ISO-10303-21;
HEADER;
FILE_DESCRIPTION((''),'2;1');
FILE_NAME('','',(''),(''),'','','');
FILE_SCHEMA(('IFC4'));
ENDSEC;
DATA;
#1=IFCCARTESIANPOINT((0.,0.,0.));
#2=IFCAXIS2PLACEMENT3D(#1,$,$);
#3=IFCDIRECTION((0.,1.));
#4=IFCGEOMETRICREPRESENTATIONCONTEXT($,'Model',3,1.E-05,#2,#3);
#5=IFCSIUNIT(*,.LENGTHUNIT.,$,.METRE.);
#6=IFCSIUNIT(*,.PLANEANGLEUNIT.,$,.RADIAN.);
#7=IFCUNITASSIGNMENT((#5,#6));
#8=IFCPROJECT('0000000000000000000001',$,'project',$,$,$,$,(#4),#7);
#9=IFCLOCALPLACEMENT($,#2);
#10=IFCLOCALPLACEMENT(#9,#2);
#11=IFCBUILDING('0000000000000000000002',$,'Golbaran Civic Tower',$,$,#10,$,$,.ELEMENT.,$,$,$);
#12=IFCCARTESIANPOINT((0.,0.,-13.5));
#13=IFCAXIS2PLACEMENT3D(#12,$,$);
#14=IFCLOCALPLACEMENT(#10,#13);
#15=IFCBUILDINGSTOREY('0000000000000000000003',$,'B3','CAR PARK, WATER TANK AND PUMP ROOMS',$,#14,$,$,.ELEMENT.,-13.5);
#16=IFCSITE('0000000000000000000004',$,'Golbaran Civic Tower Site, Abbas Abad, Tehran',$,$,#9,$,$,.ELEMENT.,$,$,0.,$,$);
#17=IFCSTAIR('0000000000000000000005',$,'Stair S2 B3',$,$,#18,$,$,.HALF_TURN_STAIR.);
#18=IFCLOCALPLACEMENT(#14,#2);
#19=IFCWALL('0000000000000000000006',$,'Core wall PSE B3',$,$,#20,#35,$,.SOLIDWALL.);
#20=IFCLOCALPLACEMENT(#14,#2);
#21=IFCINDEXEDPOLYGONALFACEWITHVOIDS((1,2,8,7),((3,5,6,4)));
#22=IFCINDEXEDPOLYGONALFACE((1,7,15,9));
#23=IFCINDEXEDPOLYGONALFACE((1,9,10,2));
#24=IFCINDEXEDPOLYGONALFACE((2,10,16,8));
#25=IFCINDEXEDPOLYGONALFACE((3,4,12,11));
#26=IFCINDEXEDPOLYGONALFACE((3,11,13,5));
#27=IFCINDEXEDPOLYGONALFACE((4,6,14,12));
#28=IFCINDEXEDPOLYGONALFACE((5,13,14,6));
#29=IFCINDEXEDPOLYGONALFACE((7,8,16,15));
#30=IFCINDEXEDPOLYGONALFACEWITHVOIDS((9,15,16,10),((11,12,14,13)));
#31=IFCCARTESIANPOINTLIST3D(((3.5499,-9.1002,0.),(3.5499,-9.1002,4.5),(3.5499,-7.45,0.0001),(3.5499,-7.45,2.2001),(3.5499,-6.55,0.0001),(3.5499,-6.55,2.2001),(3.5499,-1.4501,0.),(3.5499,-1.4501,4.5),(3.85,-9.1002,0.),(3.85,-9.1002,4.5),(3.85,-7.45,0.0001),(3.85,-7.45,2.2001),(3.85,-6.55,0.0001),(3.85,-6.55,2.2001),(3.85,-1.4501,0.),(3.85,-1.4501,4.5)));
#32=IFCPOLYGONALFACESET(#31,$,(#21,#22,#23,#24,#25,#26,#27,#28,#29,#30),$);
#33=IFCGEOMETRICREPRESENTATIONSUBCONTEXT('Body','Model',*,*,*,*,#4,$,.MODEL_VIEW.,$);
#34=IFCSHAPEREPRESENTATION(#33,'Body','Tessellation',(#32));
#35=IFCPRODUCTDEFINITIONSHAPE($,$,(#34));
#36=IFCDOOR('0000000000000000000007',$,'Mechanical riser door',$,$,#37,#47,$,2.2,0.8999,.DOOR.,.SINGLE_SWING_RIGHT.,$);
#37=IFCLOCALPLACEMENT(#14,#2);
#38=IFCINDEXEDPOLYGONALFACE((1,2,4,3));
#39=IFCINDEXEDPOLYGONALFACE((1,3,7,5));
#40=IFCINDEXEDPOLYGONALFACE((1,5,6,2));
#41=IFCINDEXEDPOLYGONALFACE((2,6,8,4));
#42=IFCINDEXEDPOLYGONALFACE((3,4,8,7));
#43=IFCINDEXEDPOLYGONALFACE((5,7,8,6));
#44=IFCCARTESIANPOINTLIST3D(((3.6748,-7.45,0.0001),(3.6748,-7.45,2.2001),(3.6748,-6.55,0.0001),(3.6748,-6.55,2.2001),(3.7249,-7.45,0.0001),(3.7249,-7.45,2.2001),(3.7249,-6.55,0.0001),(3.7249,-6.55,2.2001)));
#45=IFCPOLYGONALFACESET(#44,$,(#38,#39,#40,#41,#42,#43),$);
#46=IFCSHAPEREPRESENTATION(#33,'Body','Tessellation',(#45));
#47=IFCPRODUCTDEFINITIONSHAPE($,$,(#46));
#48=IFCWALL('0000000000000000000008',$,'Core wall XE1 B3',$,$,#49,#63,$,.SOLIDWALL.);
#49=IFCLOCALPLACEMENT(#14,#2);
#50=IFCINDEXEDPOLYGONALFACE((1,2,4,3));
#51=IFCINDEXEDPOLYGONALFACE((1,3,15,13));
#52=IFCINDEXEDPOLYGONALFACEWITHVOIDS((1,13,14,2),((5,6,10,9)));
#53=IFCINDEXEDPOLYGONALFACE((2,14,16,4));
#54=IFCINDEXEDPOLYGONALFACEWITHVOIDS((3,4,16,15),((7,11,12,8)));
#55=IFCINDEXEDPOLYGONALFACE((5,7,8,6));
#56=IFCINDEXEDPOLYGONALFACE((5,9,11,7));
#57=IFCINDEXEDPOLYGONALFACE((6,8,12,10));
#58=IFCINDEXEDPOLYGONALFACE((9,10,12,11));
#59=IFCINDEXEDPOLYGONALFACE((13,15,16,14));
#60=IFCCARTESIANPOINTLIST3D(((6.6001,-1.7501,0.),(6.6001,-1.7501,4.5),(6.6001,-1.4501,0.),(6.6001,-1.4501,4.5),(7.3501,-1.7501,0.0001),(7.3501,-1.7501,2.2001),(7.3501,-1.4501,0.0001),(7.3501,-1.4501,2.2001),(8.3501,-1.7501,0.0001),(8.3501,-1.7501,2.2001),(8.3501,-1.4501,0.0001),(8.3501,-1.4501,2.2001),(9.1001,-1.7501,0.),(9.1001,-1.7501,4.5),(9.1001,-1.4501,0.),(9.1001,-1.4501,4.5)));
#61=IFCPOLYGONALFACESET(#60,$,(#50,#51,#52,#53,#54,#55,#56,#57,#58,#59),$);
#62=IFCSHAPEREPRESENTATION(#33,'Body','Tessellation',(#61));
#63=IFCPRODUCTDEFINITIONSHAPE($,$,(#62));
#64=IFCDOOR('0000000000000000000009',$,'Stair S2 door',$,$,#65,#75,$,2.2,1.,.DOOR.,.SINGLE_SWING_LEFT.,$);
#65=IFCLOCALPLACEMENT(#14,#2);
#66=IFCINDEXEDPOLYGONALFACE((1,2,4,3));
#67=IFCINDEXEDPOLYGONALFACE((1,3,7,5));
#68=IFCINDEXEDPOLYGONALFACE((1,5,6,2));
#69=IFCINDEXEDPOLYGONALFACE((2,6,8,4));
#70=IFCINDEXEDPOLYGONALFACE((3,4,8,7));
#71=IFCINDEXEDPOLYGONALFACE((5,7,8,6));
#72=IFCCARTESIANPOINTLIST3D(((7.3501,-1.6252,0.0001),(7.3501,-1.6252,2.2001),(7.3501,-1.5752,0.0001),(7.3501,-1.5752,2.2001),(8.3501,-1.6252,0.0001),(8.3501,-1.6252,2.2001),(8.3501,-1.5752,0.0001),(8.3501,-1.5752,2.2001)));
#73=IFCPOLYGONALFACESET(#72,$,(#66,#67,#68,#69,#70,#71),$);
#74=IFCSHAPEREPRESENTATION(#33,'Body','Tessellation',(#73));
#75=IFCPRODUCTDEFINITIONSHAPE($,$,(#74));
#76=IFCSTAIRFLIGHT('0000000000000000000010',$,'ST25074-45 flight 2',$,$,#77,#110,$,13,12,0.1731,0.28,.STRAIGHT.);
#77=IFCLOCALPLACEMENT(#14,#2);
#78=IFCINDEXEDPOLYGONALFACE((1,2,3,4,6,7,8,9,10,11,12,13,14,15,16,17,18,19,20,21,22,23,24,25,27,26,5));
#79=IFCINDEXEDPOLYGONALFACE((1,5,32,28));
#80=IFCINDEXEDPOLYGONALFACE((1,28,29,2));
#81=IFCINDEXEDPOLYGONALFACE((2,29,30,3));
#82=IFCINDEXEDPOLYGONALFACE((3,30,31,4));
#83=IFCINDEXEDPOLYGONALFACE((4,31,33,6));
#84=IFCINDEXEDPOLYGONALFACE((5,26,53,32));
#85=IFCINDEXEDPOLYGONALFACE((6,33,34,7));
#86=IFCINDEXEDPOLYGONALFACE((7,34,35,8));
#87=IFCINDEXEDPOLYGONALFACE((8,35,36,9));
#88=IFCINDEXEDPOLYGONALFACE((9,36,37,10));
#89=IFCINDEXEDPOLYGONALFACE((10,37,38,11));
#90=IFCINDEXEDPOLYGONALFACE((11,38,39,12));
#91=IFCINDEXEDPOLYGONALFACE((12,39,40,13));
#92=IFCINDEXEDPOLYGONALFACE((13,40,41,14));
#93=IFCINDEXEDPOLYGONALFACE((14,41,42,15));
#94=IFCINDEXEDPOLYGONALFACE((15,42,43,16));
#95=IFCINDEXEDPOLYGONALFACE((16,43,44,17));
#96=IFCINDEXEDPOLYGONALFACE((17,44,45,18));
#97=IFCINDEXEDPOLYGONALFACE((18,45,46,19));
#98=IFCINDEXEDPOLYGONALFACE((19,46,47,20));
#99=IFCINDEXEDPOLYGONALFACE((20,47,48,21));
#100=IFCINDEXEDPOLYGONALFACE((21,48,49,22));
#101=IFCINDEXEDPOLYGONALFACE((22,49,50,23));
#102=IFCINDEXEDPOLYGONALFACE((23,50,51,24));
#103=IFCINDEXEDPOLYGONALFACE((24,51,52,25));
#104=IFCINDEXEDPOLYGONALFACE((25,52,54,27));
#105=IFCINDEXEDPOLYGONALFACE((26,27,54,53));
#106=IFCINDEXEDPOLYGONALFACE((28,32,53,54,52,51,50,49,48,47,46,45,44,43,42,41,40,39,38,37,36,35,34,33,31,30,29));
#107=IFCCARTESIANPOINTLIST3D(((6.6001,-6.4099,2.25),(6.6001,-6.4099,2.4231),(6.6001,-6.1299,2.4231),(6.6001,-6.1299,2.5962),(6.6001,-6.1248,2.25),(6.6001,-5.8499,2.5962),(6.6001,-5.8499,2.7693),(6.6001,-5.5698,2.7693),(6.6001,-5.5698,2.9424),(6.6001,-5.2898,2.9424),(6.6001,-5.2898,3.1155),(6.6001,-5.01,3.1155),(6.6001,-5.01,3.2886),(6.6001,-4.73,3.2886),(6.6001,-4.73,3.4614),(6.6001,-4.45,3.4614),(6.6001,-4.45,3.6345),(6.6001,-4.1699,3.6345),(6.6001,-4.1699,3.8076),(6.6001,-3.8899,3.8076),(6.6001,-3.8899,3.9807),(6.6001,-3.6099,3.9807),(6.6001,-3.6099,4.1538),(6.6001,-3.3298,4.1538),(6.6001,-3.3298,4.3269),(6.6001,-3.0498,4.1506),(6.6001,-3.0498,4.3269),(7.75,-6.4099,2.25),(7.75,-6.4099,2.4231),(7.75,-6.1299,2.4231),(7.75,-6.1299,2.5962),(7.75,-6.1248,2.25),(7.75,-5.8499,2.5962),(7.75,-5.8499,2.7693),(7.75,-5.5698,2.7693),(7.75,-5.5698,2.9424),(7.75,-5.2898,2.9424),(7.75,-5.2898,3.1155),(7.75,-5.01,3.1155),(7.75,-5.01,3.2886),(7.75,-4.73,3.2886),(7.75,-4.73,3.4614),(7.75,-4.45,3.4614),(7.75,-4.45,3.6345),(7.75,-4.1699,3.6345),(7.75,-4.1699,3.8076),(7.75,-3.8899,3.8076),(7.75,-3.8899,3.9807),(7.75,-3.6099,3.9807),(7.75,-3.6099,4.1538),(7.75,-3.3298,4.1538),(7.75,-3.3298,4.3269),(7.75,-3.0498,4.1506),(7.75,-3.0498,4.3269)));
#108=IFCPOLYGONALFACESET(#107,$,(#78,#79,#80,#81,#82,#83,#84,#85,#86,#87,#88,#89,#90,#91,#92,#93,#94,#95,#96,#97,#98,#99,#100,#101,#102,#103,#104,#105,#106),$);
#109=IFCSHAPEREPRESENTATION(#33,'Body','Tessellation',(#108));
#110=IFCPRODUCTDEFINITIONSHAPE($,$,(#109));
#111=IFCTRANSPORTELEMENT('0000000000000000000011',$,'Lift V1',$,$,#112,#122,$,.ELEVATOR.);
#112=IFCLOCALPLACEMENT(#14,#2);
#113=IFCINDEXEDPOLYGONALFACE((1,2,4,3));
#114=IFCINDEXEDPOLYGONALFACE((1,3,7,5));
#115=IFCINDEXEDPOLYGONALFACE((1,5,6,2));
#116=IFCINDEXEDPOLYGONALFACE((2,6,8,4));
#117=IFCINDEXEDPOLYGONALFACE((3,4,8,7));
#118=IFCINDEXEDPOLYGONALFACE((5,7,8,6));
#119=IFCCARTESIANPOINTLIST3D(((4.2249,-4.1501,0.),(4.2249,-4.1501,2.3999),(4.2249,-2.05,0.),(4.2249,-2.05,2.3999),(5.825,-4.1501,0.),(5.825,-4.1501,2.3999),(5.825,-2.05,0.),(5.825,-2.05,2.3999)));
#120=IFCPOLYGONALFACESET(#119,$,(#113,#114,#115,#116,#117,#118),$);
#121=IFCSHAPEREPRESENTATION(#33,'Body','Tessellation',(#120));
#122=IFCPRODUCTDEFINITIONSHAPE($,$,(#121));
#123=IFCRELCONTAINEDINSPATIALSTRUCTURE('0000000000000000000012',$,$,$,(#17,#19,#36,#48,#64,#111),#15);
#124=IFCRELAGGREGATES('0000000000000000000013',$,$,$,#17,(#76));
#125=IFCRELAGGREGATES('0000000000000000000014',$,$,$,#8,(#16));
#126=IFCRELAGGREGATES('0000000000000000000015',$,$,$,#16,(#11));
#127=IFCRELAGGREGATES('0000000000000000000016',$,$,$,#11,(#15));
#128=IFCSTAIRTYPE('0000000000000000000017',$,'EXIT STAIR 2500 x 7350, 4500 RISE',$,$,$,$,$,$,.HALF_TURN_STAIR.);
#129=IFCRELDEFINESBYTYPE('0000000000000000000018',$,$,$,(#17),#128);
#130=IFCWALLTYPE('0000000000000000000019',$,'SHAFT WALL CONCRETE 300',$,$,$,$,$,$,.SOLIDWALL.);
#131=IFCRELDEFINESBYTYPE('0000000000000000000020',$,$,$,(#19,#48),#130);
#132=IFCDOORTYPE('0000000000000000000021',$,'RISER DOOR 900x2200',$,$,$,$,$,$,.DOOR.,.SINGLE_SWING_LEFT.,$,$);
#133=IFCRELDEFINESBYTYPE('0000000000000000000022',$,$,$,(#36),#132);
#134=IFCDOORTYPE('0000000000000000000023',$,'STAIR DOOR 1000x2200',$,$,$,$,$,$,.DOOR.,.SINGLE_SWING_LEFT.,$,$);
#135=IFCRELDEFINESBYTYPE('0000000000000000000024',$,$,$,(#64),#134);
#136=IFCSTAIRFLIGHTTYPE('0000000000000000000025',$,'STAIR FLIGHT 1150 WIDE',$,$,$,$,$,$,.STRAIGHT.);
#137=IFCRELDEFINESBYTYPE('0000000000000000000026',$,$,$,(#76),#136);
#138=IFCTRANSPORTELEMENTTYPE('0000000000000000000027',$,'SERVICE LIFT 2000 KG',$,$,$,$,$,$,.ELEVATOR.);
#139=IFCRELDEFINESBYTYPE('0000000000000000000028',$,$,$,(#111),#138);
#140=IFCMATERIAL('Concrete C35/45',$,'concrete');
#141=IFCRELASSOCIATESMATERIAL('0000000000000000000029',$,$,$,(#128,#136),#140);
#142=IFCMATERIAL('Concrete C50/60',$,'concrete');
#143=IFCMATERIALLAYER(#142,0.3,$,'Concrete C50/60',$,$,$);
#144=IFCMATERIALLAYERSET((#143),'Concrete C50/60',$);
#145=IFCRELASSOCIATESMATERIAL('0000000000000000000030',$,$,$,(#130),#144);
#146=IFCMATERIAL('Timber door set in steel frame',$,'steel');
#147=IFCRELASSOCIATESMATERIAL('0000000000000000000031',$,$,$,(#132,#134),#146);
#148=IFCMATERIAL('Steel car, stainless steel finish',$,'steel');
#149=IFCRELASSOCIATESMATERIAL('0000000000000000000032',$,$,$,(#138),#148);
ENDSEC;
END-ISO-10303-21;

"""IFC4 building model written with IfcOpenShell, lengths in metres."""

from ifc_helpers import new_model, si_unit, direction, frame, frame_2d, origin, origin_2d, place, context, subcontext, project, spatial, polyline, rectangle, outline, extrude, material, layer, layer_set, type_object, element, fill, aggregate, save


model = new_model("IFC4")

# Units and contexts
model_context = context("Model", 3, precision=1e-05, world=origin(), true_north=direction((0.0, 1.0)))
body_context = subcontext(model_context, "Body", "Model", "MODEL_VIEW")
ifc_project = project(units=[si_unit("LENGTHUNIT", "METRE"), si_unit("PLANEANGLEUNIT", "RADIAN")], contexts=[model_context])

# Site, building, storey
site_placement = place(None, origin())
site = spatial("IfcSite", under=ifc_project, at=site_placement, Name="Golbaran Civic Tower Site, Abbas Abad, Tehran", CompositionType="ELEMENT", RefElevation=0.0)
building_placement = place(site_placement, origin())
building = spatial("IfcBuilding", under=site, at=building_placement, Name="Golbaran Civic Tower", CompositionType="ELEMENT")
storey_placement = place(building_placement, frame((0.0, 0.0, -13.5)))
storey = spatial("IfcBuildingStorey", under=building, at=storey_placement, Name="B3", Description="CAR PARK, WATER TANK AND PUMP ROOMS", CompositionType="ELEMENT", Elevation=-13.5)

# Shared definitions
ifc_material_1 = material(Name="Concrete C35/45", Category="concrete")

# Stair
stair_type = type_object("IfcStairType", Name="EXIT STAIR 2500 x 7350, 4500 RISE", PredefinedType="HALF_TURN_STAIR", material=ifc_material_1)
stair_1_placement = place(storey_placement, origin())
stair_1 = element("IfcStair", 1, at=stair_1_placement, inside=storey, type_object=stair_type, Name="Stair S2 B3", PredefinedType="HALF_TURN_STAIR")

# Shared definitions
ifc_material_2 = material(Name="Concrete C50/60", Category="concrete")
ifc_layer_1 = layer(ifc_material_2, 0.3, Name="Concrete C50/60")
ifc_layer_set_1 = layer_set([ifc_layer_1], Name="Concrete C50/60")
wall_type = type_object("IfcWallType", Name="SHAFT WALL CONCRETE 300", PredefinedType="SOLIDWALL", material=ifc_layer_set_1)

# Shared definitions
ifc_material_3 = material(Name="Timber door set in steel frame", Category="steel")
door_type_1 = type_object("IfcDoorType", Name="RISER DOOR 900x2200", OperationType="SINGLE_SWING_LEFT", PredefinedType="DOOR", material=ifc_material_3)
door_type_2 = type_object("IfcDoorType", Name="STAIR DOOR 1000x2200", OperationType="SINGLE_SWING_LEFT", PredefinedType="DOOR", material=ifc_material_3)

# Walls, openings, doors
wall_1_placement = place(storey_placement, frame((3.7, -1.45, 0.0), z_axis=(0.0, 0.0, 1.0), x_axis=(0.0, -1.0, 0.0)))
wall_1 = element("IfcWall", 2, at=wall_1_placement, inside=storey, type_object=wall_type, Name="Core wall PSE B3", PredefinedType="SOLIDWALL", context=body_context, shape_type="SweptSolid", body=[
    extrude(rectangle(XDim=7.6501, YDim=0.3, at=frame_2d((3.8252, 0.0))), origin(), (0.0, 0.0, 1.0), 4.5),
])
opening_1_placement = place(wall_1_placement, frame((5.1001, 0.0, 0.0)))
opening_1 = element("IfcOpeningElement", 3, at=opening_1_placement, cuts=wall_1, PredefinedType="OPENING", context=body_context, shape_type="SweptSolid", body=[
    extrude(rectangle(XDim=0.8999, YDim=2.2, at=frame_2d((0.45, 1.1001))), frame((0.0, 0.1599, 0.0), z_axis=(0.0, -1.0, 0.0), x_axis=(1.0, 0.0, 0.0)), (0.0, 0.0, 1.0), 0.3201),
])
door_1_placement = place(opening_1_placement, origin())
door_1 = element("IfcDoor", 4, at=door_1_placement, inside=storey, type_object=door_type_1, Name="Mechanical riser door", OperationType="SINGLE_SWING_RIGHT", OverallHeight=2.2, OverallWidth=0.8999, PredefinedType="DOOR", context=body_context, shape_type="SweptSolid", body=[
    extrude(rectangle(XDim=0.8999, YDim=2.2, at=frame_2d((0.45, 1.1001))), frame((0.0, 0.0249, 0.0), z_axis=(0.0, -1.0, 0.0), x_axis=(1.0, 0.0, 0.0)), (0.0, 0.0, 1.0), 0.05),
])
fill(opening_1, door_1)
wall_2_placement = place(storey_placement, frame((6.6001, -1.6001, 0.0), z_axis=(0.0, 0.0, 1.0), x_axis=(1.0, 0.0, 0.0)))
wall_2 = element("IfcWall", 5, at=wall_2_placement, inside=storey, type_object=wall_type, Name="Core wall XE1 B3", PredefinedType="SOLIDWALL", context=body_context, shape_type="SweptSolid", body=[
    extrude(rectangle(XDim=2.5, YDim=0.3, at=frame_2d((1.25, 0.0))), origin(), (0.0, 0.0, 1.0), 4.5),
])
opening_2_placement = place(wall_2_placement, frame((0.75, 0.0, 0.0)))
opening_2 = element("IfcOpeningElement", 6, at=opening_2_placement, cuts=wall_2, PredefinedType="OPENING", context=body_context, shape_type="SweptSolid", body=[
    extrude(rectangle(XDim=1.0, YDim=2.2, at=frame_2d((0.5, 1.1001))), frame((0.0, 0.1599, 0.0), z_axis=(0.0, -1.0, 0.0), x_axis=(1.0, 0.0, 0.0)), (0.0, 0.0, 1.0), 0.3201),
])
door_2_placement = place(opening_2_placement, origin())
door_2 = element("IfcDoor", 7, at=door_2_placement, inside=storey, type_object=door_type_2, Name="Stair S2 door", OperationType="SINGLE_SWING_LEFT", OverallHeight=2.2, OverallWidth=1.0, PredefinedType="DOOR", context=body_context, shape_type="SweptSolid", body=[
    extrude(rectangle(XDim=1.0, YDim=2.2, at=frame_2d((0.5, 1.1001))), frame((0.0, 0.0249, 0.0), z_axis=(0.0, -1.0, 0.0), x_axis=(1.0, 0.0, 0.0)), (0.0, 0.0, 1.0), 0.05),
])
fill(opening_2, door_2)

# Stair flight
stair_flight_type = type_object("IfcStairFlightType", Name="STAIR FLIGHT 1150 WIDE", PredefinedType="STRAIGHT", material=ifc_material_1)
stair_flight_placement = place(storey_placement, frame((7.175, -6.4099, 2.25), z_axis=(0.0, 0.0, 1.0), x_axis=(0.0, 1.0, 0.0)))
stair_flight = element("IfcStairFlight", 8, at=stair_flight_placement, type_object=stair_flight_type, Name="ST25074-45 flight 2", NumberOfRisers=13, NumberOfTreads=12, PredefinedType="STRAIGHT", RiserHeight=0.1731, TreadLength=0.28, context=body_context, shape_type="SweptSolid", body=[
    extrude(outline(polyline([(0.0, 0.0), (0.0, 0.1731), (0.28, 0.1731), (0.28, 0.3462), (0.5601, 0.3462), (0.5601, 0.5193), (0.8401, 0.5193), (0.8401, 0.6924), (1.1201, 0.6924), (1.1201, 0.8655), (1.3999, 0.8655), (1.3999, 1.0386), (1.6799, 1.0386), (1.6799, 1.2114), (1.96, 1.2114), (1.96, 1.3845), (2.24, 1.3845), (2.24, 1.5576), (2.52, 1.5576), (2.52, 1.7307), (2.8, 1.7307), (2.8, 1.9038), (3.0801, 1.9038), (3.0801, 2.0769), (3.3601, 2.0769), (3.3601, 2.25), (3.3601, 1.9006), (0.2852, 0.0), (0.0, 0.0)])), frame((0.0, 0.575, 0.0), z_axis=(0.0, -1.0, 0.0), x_axis=(1.0, 0.0, 0.0)), (0.0, 0.0, 1.0), 1.1499),
])
aggregate(stair_1, [stair_flight])

# Transport element
ifc_material_4 = material(Name="Steel car, stainless steel finish", Category="steel")
transport_element_type = type_object("IfcTransportElementType", Name="SERVICE LIFT 2000 KG", PredefinedType="ELEVATOR", material=ifc_material_4)
transport_element_placement = place(storey_placement, frame((5.0249, -3.1001, 0.0), z_axis=(0.0, 0.0, 1.0), x_axis=(1.0, 0.0, 0.0)))
element("IfcTransportElement", 9, at=transport_element_placement, inside=storey, type_object=transport_element_type, Name="Lift V1", PredefinedType="ELEVATOR", context=body_context, shape_type="SweptSolid", body=[
    extrude(rectangle(XDim=1.6001, YDim=2.1001, at=origin_2d()), origin(), (0.0, 0.0, 1.0), 2.3999),
])

save(model, "model.ifc")
